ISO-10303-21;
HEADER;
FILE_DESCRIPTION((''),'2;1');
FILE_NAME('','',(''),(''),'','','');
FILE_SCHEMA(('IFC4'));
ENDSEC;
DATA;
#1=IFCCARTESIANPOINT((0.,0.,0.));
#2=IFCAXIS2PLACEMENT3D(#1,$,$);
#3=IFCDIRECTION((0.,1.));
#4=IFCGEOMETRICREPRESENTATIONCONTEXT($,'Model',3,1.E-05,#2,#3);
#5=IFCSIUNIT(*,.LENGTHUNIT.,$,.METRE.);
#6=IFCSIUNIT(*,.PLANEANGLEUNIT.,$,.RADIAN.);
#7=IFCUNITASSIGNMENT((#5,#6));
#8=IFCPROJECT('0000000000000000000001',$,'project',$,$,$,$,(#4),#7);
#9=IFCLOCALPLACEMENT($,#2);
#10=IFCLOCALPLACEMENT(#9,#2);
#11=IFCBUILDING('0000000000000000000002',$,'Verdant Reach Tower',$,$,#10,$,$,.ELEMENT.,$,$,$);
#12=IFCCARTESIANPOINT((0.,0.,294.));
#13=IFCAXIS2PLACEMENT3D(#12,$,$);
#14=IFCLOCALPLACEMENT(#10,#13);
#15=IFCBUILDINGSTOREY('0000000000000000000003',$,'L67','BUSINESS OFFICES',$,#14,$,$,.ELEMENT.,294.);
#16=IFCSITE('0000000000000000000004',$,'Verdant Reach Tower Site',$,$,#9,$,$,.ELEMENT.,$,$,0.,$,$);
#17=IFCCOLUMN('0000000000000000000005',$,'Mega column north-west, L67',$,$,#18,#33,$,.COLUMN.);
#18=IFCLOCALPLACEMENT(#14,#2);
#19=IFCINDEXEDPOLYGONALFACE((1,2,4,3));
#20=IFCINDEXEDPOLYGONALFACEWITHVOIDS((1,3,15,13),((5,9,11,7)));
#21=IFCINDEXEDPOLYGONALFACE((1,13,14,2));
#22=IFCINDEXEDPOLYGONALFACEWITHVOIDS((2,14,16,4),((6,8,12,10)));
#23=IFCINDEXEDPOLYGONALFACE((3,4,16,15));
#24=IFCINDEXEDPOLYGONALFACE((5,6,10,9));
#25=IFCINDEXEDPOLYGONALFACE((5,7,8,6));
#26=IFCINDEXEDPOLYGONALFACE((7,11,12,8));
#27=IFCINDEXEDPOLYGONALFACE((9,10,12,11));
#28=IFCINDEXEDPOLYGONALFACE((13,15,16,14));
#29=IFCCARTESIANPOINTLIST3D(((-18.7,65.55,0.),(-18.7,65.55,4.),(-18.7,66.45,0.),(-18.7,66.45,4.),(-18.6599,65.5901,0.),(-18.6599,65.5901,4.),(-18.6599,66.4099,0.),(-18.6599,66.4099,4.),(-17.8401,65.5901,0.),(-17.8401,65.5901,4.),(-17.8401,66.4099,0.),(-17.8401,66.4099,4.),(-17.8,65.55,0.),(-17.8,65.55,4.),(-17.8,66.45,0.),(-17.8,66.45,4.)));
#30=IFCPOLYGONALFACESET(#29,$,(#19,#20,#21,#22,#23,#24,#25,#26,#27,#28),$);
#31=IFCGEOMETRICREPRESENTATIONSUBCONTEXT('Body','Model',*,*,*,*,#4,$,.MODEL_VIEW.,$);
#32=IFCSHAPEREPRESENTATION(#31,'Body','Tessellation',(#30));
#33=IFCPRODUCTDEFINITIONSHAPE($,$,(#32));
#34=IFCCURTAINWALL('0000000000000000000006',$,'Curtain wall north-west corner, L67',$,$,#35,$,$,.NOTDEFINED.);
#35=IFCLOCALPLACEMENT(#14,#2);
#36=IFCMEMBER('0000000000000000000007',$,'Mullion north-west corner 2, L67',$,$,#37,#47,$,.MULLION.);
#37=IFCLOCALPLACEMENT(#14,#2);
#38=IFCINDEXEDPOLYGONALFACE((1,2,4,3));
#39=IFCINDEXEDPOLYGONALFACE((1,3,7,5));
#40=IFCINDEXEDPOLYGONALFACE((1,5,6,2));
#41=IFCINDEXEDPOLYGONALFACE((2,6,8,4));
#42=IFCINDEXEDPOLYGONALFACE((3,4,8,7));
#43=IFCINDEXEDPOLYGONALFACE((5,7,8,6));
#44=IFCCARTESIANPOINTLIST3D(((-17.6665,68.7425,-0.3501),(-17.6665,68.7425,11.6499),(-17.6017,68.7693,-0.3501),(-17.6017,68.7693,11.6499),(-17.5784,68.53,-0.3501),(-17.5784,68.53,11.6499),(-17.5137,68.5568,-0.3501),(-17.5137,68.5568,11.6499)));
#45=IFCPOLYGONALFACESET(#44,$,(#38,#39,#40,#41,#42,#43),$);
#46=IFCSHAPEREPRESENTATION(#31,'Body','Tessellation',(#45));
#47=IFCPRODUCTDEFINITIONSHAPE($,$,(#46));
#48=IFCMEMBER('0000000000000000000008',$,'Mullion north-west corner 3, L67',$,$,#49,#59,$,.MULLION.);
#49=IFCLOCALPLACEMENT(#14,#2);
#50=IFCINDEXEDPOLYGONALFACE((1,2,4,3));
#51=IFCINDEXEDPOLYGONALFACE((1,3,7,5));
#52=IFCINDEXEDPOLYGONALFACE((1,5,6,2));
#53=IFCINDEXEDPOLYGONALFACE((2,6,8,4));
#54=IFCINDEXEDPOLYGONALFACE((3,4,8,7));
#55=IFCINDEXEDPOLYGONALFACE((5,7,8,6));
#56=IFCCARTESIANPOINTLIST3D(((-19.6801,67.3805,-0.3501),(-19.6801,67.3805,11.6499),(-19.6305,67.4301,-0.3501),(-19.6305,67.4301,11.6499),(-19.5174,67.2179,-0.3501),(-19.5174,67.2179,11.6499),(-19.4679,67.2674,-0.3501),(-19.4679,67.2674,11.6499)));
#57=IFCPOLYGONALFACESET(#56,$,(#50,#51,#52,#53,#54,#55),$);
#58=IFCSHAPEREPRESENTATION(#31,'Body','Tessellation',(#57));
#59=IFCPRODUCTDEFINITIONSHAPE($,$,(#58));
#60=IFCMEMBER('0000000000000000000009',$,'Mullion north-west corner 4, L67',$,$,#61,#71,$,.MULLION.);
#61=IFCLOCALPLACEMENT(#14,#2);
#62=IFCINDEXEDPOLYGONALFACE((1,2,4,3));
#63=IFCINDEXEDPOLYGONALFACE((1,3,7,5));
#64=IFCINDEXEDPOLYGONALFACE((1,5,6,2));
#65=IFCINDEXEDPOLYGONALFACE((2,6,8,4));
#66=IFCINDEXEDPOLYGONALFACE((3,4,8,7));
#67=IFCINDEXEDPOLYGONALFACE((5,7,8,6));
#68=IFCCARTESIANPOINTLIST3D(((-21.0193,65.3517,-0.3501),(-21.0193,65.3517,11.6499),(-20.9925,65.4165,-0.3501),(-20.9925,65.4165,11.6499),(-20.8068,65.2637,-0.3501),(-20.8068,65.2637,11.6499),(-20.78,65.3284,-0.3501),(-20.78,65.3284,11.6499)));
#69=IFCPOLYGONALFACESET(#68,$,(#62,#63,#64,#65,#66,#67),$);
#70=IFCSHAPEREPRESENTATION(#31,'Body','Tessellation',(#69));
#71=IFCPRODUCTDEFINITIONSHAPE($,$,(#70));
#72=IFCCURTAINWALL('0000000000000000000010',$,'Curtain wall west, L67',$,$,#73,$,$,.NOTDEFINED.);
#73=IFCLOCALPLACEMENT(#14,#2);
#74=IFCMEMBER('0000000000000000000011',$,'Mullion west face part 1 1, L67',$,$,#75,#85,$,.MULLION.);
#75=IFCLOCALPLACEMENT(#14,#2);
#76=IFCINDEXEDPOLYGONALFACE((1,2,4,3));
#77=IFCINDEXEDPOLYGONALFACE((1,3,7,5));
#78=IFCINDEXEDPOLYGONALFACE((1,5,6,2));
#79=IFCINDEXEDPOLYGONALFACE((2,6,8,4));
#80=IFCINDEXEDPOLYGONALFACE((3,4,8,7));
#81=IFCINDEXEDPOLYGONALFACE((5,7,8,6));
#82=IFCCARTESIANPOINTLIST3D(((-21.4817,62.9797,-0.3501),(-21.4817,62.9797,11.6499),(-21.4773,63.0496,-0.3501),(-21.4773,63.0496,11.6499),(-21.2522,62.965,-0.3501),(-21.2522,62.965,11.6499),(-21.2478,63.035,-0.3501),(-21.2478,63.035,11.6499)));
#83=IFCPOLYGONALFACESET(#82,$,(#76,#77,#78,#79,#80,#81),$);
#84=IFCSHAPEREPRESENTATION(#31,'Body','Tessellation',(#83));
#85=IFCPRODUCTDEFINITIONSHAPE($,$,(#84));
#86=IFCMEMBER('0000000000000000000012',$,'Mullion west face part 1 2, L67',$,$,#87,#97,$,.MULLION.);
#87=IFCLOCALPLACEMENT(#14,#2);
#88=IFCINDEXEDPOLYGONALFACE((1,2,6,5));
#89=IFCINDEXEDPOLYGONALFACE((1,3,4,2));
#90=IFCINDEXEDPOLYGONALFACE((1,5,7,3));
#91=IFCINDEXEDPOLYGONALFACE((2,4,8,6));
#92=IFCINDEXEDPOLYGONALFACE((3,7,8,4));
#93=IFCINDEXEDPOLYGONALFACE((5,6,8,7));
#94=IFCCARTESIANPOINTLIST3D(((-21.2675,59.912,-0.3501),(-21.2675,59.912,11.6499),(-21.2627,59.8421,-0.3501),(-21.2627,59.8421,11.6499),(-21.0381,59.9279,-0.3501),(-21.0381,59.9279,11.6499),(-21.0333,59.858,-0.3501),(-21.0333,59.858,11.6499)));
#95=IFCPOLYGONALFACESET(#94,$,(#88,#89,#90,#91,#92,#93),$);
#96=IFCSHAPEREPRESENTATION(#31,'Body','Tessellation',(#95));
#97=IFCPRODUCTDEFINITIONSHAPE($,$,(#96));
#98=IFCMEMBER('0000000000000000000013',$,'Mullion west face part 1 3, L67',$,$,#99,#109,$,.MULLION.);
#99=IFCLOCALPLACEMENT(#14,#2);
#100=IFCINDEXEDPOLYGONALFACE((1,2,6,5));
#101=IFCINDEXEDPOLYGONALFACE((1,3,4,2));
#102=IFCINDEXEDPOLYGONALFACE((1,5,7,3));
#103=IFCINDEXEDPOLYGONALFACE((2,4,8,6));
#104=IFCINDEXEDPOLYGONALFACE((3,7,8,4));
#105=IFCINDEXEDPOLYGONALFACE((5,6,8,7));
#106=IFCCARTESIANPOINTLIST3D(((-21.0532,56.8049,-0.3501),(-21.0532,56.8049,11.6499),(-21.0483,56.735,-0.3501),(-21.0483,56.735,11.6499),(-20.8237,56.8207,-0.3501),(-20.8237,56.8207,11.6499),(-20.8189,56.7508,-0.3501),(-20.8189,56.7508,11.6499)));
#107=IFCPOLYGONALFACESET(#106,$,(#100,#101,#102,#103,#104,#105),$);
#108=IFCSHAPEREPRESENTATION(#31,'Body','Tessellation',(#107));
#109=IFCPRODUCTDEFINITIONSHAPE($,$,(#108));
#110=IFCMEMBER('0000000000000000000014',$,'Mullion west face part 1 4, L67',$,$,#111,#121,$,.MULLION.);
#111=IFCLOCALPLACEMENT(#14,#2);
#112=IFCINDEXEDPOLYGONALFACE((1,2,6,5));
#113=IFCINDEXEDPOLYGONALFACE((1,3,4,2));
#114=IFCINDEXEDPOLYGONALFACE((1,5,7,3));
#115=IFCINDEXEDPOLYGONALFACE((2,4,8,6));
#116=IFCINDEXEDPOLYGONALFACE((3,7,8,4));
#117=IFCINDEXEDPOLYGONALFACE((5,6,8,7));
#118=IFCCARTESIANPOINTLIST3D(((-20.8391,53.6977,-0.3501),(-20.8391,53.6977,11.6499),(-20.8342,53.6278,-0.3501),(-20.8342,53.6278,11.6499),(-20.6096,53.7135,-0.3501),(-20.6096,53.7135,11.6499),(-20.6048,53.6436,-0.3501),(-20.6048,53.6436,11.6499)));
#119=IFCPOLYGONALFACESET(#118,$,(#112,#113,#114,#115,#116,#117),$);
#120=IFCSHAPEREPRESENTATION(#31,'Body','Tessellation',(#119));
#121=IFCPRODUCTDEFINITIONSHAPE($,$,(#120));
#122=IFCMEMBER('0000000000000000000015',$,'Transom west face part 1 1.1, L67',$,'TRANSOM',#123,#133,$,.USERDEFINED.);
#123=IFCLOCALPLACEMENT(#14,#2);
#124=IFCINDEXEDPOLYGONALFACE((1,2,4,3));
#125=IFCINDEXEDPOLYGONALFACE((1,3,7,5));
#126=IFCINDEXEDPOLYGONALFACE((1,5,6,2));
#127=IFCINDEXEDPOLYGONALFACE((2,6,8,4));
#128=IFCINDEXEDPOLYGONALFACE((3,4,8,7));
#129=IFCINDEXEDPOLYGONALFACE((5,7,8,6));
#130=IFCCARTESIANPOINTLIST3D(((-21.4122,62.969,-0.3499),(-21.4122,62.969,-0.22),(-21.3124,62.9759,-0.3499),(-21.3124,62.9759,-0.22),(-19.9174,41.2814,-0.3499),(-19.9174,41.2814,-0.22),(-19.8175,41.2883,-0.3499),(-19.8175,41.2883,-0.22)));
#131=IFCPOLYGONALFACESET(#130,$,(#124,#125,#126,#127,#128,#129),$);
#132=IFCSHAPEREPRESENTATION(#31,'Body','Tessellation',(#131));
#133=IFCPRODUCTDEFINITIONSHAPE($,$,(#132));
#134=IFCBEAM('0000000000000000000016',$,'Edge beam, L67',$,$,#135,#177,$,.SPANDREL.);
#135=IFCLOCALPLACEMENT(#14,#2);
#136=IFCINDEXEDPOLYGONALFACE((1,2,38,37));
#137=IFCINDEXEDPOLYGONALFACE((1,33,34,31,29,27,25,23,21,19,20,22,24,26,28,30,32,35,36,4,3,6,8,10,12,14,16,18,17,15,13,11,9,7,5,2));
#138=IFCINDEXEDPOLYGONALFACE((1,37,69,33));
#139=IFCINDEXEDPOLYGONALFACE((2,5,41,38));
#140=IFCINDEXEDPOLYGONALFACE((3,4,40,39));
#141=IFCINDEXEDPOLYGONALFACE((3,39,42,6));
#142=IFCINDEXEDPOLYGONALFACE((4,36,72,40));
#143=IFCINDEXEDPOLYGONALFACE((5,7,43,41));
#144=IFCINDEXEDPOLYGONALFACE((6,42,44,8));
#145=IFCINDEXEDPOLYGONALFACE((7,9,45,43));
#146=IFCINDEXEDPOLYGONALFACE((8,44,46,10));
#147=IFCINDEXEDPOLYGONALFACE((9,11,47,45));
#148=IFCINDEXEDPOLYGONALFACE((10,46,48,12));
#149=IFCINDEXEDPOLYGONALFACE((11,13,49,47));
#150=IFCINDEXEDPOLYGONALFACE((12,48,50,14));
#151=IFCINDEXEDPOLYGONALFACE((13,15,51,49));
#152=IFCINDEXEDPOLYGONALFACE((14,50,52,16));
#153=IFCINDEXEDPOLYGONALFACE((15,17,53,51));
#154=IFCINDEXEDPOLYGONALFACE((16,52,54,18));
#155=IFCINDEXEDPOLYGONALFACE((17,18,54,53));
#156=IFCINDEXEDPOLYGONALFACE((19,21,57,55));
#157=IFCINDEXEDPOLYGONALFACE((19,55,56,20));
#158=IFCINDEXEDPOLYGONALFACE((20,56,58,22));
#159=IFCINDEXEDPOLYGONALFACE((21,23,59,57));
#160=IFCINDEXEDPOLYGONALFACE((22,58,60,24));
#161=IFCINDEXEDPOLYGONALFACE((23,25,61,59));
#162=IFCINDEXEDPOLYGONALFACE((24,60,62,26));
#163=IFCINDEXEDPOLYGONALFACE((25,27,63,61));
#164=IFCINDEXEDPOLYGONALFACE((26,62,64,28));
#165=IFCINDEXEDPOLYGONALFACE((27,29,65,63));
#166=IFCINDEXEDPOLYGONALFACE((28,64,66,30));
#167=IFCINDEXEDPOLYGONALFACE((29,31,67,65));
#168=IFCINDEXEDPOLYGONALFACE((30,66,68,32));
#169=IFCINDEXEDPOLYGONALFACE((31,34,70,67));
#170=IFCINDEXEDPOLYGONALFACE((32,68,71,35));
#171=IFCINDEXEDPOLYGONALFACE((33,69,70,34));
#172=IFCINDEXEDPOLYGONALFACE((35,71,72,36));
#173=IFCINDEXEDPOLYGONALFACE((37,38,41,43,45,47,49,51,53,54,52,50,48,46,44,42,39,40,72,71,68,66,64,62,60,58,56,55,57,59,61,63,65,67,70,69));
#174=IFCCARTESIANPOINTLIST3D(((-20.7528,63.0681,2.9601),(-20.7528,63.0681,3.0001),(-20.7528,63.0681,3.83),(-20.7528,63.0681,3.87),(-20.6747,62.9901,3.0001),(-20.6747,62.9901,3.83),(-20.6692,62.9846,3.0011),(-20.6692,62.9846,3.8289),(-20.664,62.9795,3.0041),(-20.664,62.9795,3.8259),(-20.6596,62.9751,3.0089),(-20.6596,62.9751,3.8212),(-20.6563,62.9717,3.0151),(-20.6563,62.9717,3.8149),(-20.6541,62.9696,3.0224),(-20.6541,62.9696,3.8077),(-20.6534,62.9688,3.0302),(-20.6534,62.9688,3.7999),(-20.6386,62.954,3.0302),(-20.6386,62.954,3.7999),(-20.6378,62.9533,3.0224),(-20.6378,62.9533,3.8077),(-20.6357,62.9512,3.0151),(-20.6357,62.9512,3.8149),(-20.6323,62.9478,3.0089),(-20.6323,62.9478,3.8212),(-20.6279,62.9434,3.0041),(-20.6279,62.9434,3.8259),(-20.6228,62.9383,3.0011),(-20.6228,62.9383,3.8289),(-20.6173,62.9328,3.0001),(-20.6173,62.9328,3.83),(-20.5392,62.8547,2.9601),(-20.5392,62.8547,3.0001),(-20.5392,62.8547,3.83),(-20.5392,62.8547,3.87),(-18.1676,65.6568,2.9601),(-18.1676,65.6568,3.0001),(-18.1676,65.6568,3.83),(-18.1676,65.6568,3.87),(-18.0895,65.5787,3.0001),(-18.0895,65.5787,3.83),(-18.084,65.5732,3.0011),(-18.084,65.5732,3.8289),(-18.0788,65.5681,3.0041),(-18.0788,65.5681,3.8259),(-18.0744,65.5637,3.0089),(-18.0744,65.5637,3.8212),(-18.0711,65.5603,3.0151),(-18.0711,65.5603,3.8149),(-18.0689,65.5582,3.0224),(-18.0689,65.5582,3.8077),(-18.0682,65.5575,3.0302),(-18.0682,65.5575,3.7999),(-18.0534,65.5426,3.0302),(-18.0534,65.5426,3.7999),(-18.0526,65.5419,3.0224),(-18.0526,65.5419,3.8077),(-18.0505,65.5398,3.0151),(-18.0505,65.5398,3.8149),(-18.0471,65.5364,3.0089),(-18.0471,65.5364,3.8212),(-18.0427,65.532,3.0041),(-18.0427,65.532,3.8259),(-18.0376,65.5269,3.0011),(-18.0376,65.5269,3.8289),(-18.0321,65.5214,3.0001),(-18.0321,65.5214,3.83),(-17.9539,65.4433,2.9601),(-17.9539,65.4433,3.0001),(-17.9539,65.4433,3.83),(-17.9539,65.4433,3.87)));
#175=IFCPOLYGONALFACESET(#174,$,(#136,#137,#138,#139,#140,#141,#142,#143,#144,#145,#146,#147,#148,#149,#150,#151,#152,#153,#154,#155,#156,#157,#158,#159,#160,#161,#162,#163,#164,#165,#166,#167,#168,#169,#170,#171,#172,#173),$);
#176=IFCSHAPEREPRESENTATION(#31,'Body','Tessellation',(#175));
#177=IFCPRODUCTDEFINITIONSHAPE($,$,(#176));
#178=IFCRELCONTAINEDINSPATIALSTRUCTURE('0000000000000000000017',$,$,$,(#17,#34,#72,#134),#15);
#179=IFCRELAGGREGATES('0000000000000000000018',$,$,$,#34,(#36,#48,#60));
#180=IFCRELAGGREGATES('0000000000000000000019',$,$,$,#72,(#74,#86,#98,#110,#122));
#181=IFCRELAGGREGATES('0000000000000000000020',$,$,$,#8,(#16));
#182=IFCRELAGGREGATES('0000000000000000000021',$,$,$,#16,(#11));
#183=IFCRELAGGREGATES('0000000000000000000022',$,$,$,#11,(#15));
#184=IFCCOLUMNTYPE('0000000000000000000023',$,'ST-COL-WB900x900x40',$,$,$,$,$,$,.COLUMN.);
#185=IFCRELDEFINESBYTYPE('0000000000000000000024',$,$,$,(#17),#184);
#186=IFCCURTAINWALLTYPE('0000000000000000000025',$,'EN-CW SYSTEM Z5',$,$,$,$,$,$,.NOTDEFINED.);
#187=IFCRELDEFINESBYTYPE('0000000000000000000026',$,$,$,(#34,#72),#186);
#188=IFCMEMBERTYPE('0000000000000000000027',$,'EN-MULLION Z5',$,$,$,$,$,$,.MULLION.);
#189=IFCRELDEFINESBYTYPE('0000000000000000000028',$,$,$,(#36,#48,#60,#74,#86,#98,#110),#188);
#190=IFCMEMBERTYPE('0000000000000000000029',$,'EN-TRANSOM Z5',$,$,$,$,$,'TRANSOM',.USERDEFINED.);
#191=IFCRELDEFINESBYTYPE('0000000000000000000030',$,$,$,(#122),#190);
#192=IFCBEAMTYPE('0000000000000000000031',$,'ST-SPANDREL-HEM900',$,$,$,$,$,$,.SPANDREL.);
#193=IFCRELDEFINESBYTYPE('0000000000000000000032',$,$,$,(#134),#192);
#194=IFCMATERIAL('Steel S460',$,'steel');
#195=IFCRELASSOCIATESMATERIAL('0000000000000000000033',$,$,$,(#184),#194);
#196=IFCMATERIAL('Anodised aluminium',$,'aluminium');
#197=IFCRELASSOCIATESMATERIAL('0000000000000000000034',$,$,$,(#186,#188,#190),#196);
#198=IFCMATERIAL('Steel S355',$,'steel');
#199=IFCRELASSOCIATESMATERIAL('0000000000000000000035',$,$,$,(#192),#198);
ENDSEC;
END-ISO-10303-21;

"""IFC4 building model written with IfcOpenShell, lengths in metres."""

from ifc_helpers import new_model, si_unit, direction, frame, origin, origin_2d, place, context, subcontext, project, spatial, rectangle, hollow_rectangle, i_section, extrude, material, material_profile, profile_set, type_object, element, aggregate, save


model = new_model("IFC4")

# Units and contexts
model_context = context("Model", 3, precision=1e-05, world=origin(), true_north=direction((0.0, 1.0)))
body_context = subcontext(model_context, "Body", "Model", "MODEL_VIEW")
ifc_project = project(units=[si_unit("LENGTHUNIT", "METRE"), si_unit("PLANEANGLEUNIT", "RADIAN")], contexts=[model_context])

# Site, building, storey
site_placement = place(None, origin())
site = spatial("IfcSite", under=ifc_project, at=site_placement, Name="Verdant Reach Tower Site", CompositionType="ELEMENT", RefElevation=0.0)
building_placement = place(site_placement, origin())
building = spatial("IfcBuilding", under=site, at=building_placement, Name="Verdant Reach Tower", CompositionType="ELEMENT")
storey_placement = place(building_placement, frame((0.0, 0.0, 294.0)))
storey = spatial("IfcBuildingStorey", under=building, at=storey_placement, Name="L67", Description="BUSINESS OFFICES", CompositionType="ELEMENT", Elevation=294.0)

# Column
ifc_material_1 = material(Name="Steel S460", Category="steel")
ifc_material_profile_1 = material_profile(ifc_material_1, hollow_rectangle(XDim=0.8999, YDim=0.8999, WallThickness=0.04, at=origin_2d()), Name="WB 900x900x40")
ifc_profile_set_1 = profile_set([ifc_material_profile_1], Name="Steel S460")
column_type = type_object("IfcColumnType", Name="ST-COL-WB900x900x40", PredefinedType="COLUMN", material=ifc_profile_set_1)
column_placement = place(storey_placement, frame((-18.25, 66.0, 0.0), z_axis=(0.0, 0.0, 1.0), x_axis=(1.0, 0.0, 0.0)))
element("IfcColumn", 1, at=column_placement, inside=storey, type_object=column_type, Name="Mega column north-west, L67", PredefinedType="COLUMN", context=body_context, shape_type="SweptSolid", body=[
    extrude(hollow_rectangle(XDim=0.8999, YDim=0.8999, WallThickness=0.04, at=origin_2d()), origin(), (0.0, 0.0, 1.0), 4.0),
])

# Curtain walls, members
ifc_material_2 = material(Name="Anodised aluminium", Category="aluminium")
curtain_wall_type = type_object("IfcCurtainWallType", Name="EN-CW SYSTEM Z5", PredefinedType="NOTDEFINED", material=ifc_material_2)
curtain_wall_1_placement = place(storey_placement, origin())
curtain_wall_1 = element("IfcCurtainWall", 2, at=curtain_wall_1_placement, inside=storey, type_object=curtain_wall_type, Name="Curtain wall north-west corner, L67", PredefinedType="NOTDEFINED")
ifc_material_profile_2 = material_profile(ifc_material_2, rectangle(XDim=0.23, YDim=0.0701, at=origin_2d()), Name="Mullion 70x230")
ifc_profile_set_2 = profile_set([ifc_material_profile_2], Name="Anodised aluminium")
member_type_1 = type_object("IfcMemberType", Name="EN-MULLION Z5", PredefinedType="MULLION", material=ifc_profile_set_2)
member_1_placement = place(storey_placement, frame((-17.5901, 68.6497, -0.3501), z_axis=(0.0, 0.0, 1.0), x_axis=(-0.382694, 0.923875, 0.0)))
member_1 = element("IfcMember", 3, at=member_1_placement, type_object=member_type_1, Name="Mullion north-west corner 2, L67", PredefinedType="MULLION", context=body_context, shape_type="SweptSolid", body=[
    extrude(rectangle(XDim=0.23, YDim=0.0701, at=origin_2d()), origin(), (0.0, 0.0, 1.0), 12.0),
])
member_2_placement = place(storey_placement, frame((-19.574, 67.324, -0.3501), z_axis=(0.0, 0.0, 1.0), x_axis=(-0.707107, 0.707107, 0.0)))
member_2 = element("IfcMember", 4, at=member_2_placement, type_object=member_type_1, Name="Mullion north-west corner 3, L67", PredefinedType="MULLION", context=body_context, shape_type="SweptSolid", body=[
    extrude(rectangle(XDim=0.23, YDim=0.0701, at=origin_2d()), origin(), (0.0, 0.0, 1.0), 12.0),
])
member_3_placement = place(storey_placement, frame((-20.8997, 65.3401, -0.3501), z_axis=(0.0, 0.0, 1.0), x_axis=(-0.923875, 0.382694, 0.0)))
member_3 = element("IfcMember", 5, at=member_3_placement, type_object=member_type_1, Name="Mullion north-west corner 4, L67", PredefinedType="MULLION", context=body_context, shape_type="SweptSolid", body=[
    extrude(rectangle(XDim=0.23, YDim=0.0701, at=origin_2d()), origin(), (0.0, 0.0, 1.0), 12.0),
])
curtain_wall_2_placement = place(storey_placement, origin())
curtain_wall_2 = element("IfcCurtainWall", 6, at=curtain_wall_2_placement, inside=storey, type_object=curtain_wall_type, Name="Curtain wall west, L67", PredefinedType="NOTDEFINED")
member_4_placement = place(storey_placement, frame((-21.3647, 63.0073, -0.3501), z_axis=(0.0, 0.0, 1.0), x_axis=(-0.997969, 0.063699, 0.0)))
member_4 = element("IfcMember", 7, at=member_4_placement, type_object=member_type_1, Name="Mullion west face part 1 1, L67", PredefinedType="MULLION", context=body_context, shape_type="SweptSolid", body=[
    extrude(rectangle(XDim=0.23, YDim=0.0701, at=origin_2d()), origin(), (0.0, 0.0, 1.0), 12.0),
])
member_5_placement = place(storey_placement, frame((-21.1504, 59.885, -0.3501), z_axis=(0.0, 0.0, 1.0), x_axis=(-0.99763, -0.068802, 0.0)))
member_5 = element("IfcMember", 8, at=member_5_placement, type_object=member_type_1, Name="Mullion west face part 1 2, L67", PredefinedType="MULLION", context=body_context, shape_type="SweptSolid", body=[
    extrude(rectangle(XDim=0.23, YDim=0.0701, at=origin_2d()), origin(), (0.0, 0.0, 1.0), 12.0),
])
member_6_placement = place(storey_placement, frame((-20.936, 56.7778, -0.3501), z_axis=(0.0, 0.0, 1.0), x_axis=(-0.99763, -0.068802, 0.0)))
member_6 = element("IfcMember", 9, at=member_6_placement, type_object=member_type_1, Name="Mullion west face part 1 3, L67", PredefinedType="MULLION", context=body_context, shape_type="SweptSolid", body=[
    extrude(rectangle(XDim=0.23, YDim=0.0701, at=origin_2d()), origin(), (0.0, 0.0, 1.0), 12.0),
])
member_7_placement = place(storey_placement, frame((-20.7219, 53.6707, -0.3501), z_axis=(0.0, 0.0, 1.0), x_axis=(-0.99763, -0.068802, 0.0)))
member_7 = element("IfcMember", 10, at=member_7_placement, type_object=member_type_1, Name="Mullion west face part 1 4, L67", PredefinedType="MULLION", context=body_context, shape_type="SweptSolid", body=[
    extrude(rectangle(XDim=0.23, YDim=0.0701, at=origin_2d()), origin(), (0.0, 0.0, 1.0), 12.0),
])
ifc_material_profile_3 = material_profile(ifc_material_2, rectangle(XDim=0.1001, YDim=0.1299, at=origin_2d()), Name="Transom 130x100")
ifc_profile_set_3 = profile_set([ifc_material_profile_3], Name="Anodised aluminium")
member_type_2 = type_object("IfcMemberType", Name="EN-TRANSOM Z5", ElementType="TRANSOM", PredefinedType="USERDEFINED", material=ifc_profile_set_3)
member_8_placement = place(storey_placement, frame((-21.3623, 62.9724, -0.2849), z_axis=(0.068765, -0.997633, 0.0), x_axis=(0.997633, 0.068765, 0.0)))
member_8 = element("IfcMember", 11, at=member_8_placement, type_object=member_type_2, Name="Transom west face part 1 1.1, L67", ObjectType="TRANSOM", PredefinedType="USERDEFINED", context=body_context, shape_type="SweptSolid", body=[
    extrude(rectangle(XDim=0.1001, YDim=0.1299, at=origin_2d()), origin(), (0.0, 0.0, 1.0), 21.739),
])

# Beam
ifc_material_3 = material(Name="Steel S355", Category="steel")
ifc_material_profile_4 = material_profile(ifc_material_3, i_section(OverallWidth=0.302, OverallDepth=0.9099, WebThickness=0.021, FlangeThickness=0.04, FilletRadius=0.03, at=origin_2d()), Name="HEM 900")
ifc_profile_set_4 = profile_set([ifc_material_profile_4], Name="Steel S355")
beam_type = type_object("IfcBeamType", Name="ST-SPANDREL-HEM900", PredefinedType="SPANDREL", material=ifc_profile_set_4)
beam_1_placement = place(storey_placement, frame((-20.646, 62.9614, 3.415), z_axis=(0.706639, 0.707574, 0.0), x_axis=(-0.707574, 0.706639, 0.0)))
element("IfcBeam", 12, at=beam_1_placement, inside=storey, type_object=beam_type, Name="Edge beam, L67", PredefinedType="SPANDREL", context=body_context, shape_type="SweptSolid", body=[
    extrude(i_section(OverallWidth=0.302, OverallDepth=0.9099, WebThickness=0.021, FlangeThickness=0.04, FilletRadius=0.03, at=origin_2d()), origin(), (0.0, 0.0, 1.0), 3.6584),
])

aggregate(curtain_wall_1, [member_1, member_2, member_3])
aggregate(curtain_wall_2, [member_4, member_5, member_6, member_7, member_8])

save(model, "model.ifc")
